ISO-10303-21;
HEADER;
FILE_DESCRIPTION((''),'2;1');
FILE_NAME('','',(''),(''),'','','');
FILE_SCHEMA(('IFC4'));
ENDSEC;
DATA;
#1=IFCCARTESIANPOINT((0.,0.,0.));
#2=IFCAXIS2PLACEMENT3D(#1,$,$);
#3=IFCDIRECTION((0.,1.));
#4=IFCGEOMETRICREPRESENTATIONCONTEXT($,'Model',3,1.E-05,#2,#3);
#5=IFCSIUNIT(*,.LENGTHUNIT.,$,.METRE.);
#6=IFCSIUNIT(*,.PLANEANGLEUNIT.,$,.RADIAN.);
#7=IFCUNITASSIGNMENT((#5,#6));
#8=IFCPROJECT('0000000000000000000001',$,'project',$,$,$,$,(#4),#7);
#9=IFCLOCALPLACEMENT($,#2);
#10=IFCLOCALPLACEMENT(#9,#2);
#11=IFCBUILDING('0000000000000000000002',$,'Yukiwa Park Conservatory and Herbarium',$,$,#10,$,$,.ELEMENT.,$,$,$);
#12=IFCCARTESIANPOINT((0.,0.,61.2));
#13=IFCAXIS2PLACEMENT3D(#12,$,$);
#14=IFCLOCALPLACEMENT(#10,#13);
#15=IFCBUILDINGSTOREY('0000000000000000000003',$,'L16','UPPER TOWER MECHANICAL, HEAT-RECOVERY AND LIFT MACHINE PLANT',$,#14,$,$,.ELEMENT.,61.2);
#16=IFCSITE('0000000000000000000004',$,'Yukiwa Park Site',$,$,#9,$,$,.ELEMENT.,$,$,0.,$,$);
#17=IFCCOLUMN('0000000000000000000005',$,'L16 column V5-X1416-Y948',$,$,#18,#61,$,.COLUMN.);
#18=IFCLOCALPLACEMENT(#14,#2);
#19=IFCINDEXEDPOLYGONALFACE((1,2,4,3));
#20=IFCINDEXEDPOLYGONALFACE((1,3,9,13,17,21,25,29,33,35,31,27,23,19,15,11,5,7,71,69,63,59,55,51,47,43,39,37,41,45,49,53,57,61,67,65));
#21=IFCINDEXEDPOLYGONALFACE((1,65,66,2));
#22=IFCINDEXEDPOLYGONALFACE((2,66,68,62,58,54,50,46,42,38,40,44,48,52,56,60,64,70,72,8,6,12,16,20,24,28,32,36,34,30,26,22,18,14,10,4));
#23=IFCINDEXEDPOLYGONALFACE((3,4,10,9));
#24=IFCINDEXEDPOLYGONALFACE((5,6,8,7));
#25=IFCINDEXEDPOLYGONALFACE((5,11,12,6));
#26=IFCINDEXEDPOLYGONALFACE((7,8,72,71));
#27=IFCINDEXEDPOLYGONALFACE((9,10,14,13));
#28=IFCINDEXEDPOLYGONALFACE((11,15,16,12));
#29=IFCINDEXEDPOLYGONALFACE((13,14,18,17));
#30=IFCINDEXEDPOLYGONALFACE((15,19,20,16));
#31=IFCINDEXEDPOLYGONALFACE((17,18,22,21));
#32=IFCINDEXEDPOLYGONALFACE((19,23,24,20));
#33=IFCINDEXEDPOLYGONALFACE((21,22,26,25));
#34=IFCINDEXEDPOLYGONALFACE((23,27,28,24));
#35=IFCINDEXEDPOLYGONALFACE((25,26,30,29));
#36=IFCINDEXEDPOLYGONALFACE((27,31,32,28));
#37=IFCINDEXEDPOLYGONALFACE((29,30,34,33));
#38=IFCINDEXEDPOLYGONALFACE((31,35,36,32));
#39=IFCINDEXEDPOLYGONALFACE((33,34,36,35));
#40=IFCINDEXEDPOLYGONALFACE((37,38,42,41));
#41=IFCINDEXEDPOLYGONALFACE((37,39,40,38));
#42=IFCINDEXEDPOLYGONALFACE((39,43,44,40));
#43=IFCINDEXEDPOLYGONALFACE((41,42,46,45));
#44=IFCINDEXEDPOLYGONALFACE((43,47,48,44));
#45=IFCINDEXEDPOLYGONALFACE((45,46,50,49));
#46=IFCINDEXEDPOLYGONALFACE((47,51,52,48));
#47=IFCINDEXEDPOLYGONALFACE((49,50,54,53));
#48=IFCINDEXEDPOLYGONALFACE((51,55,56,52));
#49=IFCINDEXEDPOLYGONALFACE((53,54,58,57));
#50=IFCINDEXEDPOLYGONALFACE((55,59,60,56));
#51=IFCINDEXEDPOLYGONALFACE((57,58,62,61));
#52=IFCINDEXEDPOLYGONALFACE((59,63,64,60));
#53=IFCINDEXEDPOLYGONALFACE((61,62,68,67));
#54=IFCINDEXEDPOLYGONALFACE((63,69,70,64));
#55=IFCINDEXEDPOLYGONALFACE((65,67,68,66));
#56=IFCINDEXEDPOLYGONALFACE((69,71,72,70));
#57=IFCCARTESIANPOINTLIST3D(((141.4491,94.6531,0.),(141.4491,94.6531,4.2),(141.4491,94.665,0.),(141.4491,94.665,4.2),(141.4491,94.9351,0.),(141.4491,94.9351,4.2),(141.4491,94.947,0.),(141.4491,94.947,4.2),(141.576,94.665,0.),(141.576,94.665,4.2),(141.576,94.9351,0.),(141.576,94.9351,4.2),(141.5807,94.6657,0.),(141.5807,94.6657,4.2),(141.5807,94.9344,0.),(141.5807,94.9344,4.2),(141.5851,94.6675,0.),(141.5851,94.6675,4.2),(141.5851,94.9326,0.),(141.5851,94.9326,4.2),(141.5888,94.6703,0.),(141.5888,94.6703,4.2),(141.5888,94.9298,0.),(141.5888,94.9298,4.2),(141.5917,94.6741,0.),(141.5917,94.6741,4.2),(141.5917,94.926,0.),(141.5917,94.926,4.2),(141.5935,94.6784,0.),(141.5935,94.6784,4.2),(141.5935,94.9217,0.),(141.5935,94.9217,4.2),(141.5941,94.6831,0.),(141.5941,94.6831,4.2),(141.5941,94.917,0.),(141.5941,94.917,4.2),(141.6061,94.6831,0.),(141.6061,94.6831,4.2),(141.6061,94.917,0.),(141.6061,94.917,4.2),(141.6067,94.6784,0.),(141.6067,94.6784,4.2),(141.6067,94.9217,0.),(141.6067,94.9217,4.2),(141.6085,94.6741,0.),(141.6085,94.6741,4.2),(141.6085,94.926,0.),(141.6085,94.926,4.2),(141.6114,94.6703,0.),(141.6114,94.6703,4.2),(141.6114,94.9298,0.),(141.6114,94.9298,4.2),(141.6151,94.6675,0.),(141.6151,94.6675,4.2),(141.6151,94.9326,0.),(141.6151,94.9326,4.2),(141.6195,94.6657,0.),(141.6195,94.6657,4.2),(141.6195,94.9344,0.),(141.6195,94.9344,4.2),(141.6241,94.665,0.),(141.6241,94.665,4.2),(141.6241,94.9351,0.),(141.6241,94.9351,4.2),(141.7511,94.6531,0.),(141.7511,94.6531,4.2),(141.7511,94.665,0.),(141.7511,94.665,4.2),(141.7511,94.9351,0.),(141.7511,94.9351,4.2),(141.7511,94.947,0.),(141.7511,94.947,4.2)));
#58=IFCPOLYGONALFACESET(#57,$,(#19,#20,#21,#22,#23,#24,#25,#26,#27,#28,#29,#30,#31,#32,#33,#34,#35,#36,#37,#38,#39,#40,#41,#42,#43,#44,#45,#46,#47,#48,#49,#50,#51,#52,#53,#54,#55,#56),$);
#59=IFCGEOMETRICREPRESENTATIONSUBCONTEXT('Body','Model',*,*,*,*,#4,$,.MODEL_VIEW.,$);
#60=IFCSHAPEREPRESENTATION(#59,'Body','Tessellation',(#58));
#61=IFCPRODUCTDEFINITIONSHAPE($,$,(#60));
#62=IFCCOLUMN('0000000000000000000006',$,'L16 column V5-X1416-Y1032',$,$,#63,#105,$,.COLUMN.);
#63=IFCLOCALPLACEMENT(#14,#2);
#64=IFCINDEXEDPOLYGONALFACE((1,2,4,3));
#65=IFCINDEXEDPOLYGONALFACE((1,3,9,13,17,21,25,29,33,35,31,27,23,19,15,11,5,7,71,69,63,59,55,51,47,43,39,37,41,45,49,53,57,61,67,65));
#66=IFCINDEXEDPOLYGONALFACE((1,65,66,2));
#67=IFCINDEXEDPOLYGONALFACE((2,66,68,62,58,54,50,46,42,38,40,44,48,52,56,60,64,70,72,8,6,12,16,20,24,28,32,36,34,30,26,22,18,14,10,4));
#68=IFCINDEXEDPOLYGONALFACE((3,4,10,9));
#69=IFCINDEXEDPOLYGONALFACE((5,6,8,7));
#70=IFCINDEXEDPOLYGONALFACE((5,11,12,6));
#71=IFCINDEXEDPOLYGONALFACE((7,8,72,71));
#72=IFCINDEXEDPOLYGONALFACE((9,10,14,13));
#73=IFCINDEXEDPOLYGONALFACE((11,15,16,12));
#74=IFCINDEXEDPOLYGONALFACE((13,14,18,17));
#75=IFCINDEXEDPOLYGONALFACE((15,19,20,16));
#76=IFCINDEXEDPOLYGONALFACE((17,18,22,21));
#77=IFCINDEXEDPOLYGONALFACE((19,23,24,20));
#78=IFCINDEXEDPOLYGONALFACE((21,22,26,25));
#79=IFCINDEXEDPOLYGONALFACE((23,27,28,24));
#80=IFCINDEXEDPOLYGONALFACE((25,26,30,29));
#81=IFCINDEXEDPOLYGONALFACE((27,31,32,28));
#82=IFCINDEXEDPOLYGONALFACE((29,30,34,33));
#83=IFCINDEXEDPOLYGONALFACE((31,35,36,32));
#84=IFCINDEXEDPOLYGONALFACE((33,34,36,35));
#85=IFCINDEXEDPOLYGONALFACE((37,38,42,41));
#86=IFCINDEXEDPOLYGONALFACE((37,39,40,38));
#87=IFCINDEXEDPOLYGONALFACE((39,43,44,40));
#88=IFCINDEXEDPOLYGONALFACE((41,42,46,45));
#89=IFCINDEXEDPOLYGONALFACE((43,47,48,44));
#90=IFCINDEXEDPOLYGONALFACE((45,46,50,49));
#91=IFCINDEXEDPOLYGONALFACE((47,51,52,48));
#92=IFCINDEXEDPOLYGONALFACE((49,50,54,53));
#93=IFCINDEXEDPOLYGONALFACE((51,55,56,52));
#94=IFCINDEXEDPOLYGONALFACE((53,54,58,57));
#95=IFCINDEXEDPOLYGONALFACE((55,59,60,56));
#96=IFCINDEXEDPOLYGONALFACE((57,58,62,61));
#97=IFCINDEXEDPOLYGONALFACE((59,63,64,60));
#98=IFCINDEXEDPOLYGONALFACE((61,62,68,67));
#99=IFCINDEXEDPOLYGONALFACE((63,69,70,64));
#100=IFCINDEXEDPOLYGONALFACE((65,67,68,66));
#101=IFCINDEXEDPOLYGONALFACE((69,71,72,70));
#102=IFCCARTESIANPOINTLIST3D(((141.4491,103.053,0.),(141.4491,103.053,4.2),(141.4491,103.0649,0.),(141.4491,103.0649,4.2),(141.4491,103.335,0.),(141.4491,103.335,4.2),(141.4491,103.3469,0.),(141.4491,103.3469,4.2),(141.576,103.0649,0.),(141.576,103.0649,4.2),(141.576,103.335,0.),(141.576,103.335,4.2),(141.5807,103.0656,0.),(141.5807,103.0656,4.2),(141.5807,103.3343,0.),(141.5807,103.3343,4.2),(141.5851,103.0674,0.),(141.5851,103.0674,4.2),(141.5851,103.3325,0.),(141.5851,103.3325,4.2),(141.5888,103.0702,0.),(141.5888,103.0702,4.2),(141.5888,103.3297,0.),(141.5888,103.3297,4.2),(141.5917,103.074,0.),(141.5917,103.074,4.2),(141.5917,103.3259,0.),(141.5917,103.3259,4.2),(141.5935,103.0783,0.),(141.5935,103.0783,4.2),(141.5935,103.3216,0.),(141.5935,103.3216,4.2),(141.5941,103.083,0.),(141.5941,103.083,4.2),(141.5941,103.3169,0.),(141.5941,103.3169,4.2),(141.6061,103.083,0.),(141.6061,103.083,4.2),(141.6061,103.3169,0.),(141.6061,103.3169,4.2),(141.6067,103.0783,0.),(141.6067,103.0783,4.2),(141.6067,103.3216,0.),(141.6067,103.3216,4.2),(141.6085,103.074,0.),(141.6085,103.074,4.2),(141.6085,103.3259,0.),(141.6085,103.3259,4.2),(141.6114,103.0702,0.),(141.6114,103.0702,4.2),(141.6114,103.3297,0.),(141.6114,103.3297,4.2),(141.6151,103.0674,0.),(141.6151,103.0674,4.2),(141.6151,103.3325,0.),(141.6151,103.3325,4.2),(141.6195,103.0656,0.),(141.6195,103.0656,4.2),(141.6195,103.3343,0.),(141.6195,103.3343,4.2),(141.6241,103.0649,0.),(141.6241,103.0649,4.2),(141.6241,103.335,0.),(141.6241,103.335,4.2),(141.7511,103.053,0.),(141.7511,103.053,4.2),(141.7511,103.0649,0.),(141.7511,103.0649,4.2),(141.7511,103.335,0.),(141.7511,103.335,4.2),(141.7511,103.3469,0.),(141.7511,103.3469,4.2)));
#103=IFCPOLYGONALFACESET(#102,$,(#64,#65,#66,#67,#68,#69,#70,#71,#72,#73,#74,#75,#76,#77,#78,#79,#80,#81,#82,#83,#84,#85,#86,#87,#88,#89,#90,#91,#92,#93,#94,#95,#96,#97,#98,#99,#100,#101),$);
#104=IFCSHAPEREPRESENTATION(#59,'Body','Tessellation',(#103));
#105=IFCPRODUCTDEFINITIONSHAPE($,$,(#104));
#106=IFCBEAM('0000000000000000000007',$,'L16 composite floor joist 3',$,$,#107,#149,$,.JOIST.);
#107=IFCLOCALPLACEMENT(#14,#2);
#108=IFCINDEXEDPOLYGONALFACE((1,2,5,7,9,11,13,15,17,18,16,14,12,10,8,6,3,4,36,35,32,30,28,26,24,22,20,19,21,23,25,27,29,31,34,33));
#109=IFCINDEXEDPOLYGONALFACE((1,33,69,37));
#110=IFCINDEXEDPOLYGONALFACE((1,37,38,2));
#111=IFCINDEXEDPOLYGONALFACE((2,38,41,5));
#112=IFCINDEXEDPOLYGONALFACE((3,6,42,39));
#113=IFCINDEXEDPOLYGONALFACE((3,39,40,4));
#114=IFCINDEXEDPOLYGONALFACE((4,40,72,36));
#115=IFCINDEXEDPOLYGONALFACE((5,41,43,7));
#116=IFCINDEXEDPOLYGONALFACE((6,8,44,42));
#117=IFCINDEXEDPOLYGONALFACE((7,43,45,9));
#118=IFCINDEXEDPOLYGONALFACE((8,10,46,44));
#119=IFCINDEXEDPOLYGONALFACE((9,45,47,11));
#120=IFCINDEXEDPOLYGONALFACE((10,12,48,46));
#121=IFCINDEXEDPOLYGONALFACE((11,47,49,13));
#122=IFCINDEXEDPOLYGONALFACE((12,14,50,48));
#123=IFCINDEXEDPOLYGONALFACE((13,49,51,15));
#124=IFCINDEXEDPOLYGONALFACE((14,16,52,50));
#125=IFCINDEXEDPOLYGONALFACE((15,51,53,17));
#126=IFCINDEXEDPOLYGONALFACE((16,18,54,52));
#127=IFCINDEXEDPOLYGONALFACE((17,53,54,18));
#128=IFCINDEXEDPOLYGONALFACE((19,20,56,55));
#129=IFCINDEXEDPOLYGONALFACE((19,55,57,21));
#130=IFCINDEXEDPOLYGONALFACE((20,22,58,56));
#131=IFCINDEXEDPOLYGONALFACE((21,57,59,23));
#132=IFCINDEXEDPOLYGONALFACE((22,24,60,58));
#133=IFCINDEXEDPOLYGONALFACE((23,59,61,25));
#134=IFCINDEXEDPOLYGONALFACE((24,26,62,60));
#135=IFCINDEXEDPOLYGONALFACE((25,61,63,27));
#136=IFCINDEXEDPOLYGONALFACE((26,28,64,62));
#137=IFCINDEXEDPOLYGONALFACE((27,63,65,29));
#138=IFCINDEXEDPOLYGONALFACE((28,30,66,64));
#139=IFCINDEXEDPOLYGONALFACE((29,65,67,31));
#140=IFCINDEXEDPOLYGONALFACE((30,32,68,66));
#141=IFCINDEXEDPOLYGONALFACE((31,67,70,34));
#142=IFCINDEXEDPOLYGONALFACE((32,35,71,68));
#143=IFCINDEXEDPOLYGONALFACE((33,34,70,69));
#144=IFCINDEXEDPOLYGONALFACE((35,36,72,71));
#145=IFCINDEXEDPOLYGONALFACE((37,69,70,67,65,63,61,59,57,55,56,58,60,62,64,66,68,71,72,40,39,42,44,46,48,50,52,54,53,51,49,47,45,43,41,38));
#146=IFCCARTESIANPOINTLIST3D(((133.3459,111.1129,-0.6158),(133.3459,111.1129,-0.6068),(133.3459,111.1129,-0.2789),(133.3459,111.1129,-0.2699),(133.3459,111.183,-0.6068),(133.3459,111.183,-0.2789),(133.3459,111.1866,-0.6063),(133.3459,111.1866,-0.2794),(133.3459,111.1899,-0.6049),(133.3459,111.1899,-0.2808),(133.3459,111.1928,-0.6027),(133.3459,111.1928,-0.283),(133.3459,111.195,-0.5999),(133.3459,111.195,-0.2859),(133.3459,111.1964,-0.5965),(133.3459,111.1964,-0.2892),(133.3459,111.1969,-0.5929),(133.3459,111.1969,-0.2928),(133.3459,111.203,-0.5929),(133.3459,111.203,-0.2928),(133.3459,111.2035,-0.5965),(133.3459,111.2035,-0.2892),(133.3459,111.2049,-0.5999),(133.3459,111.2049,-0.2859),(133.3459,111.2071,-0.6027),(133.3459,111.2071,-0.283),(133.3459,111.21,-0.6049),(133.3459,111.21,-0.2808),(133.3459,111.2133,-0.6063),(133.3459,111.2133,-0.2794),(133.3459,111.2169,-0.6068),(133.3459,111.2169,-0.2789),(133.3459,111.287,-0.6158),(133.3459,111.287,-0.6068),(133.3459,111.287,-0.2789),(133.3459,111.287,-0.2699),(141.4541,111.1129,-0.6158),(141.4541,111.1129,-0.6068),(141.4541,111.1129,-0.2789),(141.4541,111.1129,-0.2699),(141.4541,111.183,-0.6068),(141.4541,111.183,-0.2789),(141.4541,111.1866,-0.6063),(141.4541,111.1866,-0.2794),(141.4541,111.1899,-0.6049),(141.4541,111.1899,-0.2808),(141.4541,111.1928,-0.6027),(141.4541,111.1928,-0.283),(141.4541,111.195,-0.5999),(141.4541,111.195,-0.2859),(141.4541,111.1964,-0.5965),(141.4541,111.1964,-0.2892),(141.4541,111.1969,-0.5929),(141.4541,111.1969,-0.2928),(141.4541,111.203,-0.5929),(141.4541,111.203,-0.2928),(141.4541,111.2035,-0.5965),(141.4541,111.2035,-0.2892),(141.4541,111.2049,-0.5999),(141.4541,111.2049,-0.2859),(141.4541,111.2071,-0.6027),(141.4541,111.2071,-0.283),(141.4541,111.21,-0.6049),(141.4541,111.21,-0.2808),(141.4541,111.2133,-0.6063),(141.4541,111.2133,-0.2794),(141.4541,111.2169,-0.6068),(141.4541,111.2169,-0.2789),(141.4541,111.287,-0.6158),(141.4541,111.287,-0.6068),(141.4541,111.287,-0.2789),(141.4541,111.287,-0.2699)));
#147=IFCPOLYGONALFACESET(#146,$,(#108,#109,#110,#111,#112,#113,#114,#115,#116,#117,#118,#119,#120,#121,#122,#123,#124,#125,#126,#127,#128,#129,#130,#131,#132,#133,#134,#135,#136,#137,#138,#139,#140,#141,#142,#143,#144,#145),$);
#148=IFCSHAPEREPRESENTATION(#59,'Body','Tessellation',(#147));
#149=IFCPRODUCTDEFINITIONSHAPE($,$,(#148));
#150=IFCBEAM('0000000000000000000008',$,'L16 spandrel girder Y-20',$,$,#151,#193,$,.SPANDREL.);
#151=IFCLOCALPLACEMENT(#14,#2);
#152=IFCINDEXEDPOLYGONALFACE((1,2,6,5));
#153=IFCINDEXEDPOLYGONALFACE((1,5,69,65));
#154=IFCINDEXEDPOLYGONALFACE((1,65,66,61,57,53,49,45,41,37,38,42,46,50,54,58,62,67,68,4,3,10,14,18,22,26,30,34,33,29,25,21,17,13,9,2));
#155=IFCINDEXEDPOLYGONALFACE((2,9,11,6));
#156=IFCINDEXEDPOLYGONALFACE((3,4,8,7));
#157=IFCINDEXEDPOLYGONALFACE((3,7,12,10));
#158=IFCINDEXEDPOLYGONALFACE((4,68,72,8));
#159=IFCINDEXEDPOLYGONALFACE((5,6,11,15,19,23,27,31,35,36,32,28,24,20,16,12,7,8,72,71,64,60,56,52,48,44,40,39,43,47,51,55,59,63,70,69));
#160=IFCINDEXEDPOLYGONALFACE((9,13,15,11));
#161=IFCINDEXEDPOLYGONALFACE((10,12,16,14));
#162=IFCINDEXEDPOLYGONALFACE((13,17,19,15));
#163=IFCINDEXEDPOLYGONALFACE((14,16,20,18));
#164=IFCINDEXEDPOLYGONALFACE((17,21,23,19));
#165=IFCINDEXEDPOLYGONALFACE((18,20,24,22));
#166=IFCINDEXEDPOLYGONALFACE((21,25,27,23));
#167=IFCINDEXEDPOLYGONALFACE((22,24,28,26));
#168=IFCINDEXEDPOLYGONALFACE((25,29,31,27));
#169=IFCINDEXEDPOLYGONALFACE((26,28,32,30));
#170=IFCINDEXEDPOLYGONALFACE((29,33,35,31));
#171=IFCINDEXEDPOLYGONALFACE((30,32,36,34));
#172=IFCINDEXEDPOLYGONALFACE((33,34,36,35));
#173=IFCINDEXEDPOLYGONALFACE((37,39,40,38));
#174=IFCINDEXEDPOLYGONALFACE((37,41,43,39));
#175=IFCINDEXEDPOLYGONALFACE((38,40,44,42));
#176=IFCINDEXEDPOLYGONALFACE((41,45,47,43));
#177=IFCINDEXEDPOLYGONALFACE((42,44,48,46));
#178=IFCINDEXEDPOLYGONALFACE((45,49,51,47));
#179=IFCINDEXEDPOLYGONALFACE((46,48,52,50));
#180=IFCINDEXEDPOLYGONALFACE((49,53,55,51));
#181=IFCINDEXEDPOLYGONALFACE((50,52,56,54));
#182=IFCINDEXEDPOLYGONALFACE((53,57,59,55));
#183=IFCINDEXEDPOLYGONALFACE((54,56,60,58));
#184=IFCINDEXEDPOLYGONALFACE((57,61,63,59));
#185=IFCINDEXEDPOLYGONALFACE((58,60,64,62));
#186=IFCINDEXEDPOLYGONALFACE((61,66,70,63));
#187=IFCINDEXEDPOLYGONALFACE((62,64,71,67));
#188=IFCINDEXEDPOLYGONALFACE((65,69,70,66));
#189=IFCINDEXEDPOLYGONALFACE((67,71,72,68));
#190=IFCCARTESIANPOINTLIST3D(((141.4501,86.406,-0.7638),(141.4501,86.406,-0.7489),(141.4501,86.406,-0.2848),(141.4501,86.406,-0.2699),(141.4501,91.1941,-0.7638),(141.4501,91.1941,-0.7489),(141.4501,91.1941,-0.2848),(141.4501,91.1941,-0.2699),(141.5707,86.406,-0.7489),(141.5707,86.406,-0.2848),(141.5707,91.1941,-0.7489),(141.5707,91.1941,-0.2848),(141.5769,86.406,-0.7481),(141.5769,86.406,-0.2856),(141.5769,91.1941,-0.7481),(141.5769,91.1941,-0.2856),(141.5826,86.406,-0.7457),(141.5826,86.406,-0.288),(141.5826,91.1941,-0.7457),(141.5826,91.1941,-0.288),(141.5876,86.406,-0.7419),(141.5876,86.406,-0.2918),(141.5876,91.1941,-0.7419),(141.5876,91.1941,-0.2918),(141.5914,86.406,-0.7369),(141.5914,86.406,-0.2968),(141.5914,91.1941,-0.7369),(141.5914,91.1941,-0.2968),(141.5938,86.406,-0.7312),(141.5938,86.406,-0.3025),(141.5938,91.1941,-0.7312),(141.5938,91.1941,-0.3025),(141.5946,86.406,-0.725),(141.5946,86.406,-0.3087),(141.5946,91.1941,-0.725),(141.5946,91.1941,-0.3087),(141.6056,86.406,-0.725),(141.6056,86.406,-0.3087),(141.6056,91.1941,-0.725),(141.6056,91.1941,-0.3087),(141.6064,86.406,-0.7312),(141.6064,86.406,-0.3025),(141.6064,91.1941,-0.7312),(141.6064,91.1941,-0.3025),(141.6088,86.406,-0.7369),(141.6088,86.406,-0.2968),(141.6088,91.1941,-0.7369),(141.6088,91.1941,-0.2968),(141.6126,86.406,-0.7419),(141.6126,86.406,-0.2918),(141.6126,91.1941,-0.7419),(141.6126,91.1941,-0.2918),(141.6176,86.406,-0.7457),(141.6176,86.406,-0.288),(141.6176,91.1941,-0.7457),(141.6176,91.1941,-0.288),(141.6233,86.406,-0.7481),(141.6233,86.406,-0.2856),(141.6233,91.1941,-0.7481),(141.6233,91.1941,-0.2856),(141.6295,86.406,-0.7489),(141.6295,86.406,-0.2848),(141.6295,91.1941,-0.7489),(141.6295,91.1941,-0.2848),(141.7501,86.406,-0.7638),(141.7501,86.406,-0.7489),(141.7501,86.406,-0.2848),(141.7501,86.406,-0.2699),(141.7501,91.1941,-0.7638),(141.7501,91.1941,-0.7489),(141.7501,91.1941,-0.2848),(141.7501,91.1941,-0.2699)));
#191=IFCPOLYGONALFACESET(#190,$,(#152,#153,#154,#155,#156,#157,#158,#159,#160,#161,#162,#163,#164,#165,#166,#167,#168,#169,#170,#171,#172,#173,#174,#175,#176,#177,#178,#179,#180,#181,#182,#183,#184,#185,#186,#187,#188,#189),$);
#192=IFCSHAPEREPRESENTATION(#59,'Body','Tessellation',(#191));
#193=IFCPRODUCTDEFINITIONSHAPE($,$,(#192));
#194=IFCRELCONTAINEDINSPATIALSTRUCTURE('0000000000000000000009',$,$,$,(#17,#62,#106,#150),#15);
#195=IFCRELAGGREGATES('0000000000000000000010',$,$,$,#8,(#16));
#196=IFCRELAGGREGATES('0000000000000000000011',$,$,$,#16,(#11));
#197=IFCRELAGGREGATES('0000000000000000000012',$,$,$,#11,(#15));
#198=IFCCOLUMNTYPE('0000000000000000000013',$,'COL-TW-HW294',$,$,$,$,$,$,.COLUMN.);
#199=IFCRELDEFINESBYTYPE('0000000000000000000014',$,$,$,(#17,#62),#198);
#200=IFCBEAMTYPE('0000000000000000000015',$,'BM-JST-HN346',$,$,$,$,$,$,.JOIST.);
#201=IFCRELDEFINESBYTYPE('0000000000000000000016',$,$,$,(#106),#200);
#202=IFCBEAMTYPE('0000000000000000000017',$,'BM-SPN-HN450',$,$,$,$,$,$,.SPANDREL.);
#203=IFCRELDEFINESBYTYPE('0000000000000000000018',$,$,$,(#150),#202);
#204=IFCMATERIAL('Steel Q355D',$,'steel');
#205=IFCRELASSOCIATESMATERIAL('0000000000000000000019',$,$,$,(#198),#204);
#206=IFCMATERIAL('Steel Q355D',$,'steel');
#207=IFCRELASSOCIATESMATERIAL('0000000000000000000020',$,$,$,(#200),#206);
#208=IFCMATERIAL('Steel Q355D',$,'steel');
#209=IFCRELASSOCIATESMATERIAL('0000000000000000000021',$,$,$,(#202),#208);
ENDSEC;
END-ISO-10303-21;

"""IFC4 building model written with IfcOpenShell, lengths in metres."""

from ifc_helpers import new_model, si_unit, direction, frame, origin, origin_2d, place, context, subcontext, project, spatial, i_section, extrude, material, material_profile, profile_set, type_object, element, save


model = new_model("IFC4")

# Units and contexts
model_context = context("Model", 3, precision=1e-05, world=origin(), true_north=direction((0.0, 1.0)))
body_context = subcontext(model_context, "Body", "Model", "MODEL_VIEW")
ifc_project = project(units=[si_unit("LENGTHUNIT", "METRE"), si_unit("PLANEANGLEUNIT", "RADIAN")], contexts=[model_context])

# Site, building, storey
site_placement = place(None, origin())
site = spatial("IfcSite", under=ifc_project, at=site_placement, Name="Yukiwa Park Site", CompositionType="ELEMENT", RefElevation=0.0)
building_placement = place(site_placement, origin())
building = spatial("IfcBuilding", under=site, at=building_placement, Name="Yukiwa Park Conservatory and Herbarium", CompositionType="ELEMENT")
storey_placement = place(building_placement, frame((0.0, 0.0, 61.2)))
storey = spatial("IfcBuildingStorey", under=building, at=storey_placement, Name="L16", Description="UPPER TOWER MECHANICAL, HEAT-RECOVERY AND LIFT MACHINE PLANT", CompositionType="ELEMENT", Elevation=61.2)

# Columns
ifc_material_1 = material(Name="Steel Q355D", Category="steel")
ifc_material_profile_1 = material_profile(ifc_material_1, i_section(OverallWidth=0.302, OverallDepth=0.2939, WebThickness=0.012, FlangeThickness=0.012, FilletRadius=0.0181, at=origin_2d()), Name="HW 294x302x12x12")
ifc_profile_set_1 = profile_set([ifc_material_profile_1], Name="Steel Q355D")
column_type_1 = type_object("IfcColumnType", Name="COL-TW-HW294", PredefinedType="COLUMN", material=ifc_profile_set_1)
for number, where, z_axis, x_axis, name in (
    (1, (141.6001, 94.8, 0.0), (0.0, 0.0, 1.0), (1.0, 0.0, 0.0), "L16 column V5-X1416-Y948"),
    (2, (141.6001, 103.2, 0.0), (0.0, 0.0, 1.0), (1.0, 0.0, 0.0), "L16 column V5-X1416-Y1032"),
):
    element("IfcColumn", number, at=place(storey_placement, frame(where, z_axis=z_axis, x_axis=x_axis)), inside=storey, type_object=column_type_1, Name=name, PredefinedType="COLUMN", context=body_context, shape_type="SweptSolid", body=[
        extrude(i_section(OverallWidth=0.302, OverallDepth=0.2939, WebThickness=0.012, FlangeThickness=0.012, FilletRadius=0.0181, at=origin_2d()), origin(), (0.0, 0.0, 1.0), 4.2),
    ])

# Beams
ifc_material_2 = material(Name="Steel Q355D", Category="steel")
ifc_material_profile_2 = material_profile(ifc_material_2, i_section(OverallWidth=0.1741, OverallDepth=0.3459, WebThickness=0.0061, FlangeThickness=0.009, FilletRadius=0.0139, at=origin_2d()), Name="HN 346x174x6x9")
ifc_profile_set_2 = profile_set([ifc_material_profile_2], Name="Steel Q355D")
beam_type_1 = type_object("IfcBeamType", Name="BM-JST-HN346", PredefinedType="JOIST", material=ifc_profile_set_2)
beam_1_placement = place(storey_placement, frame((133.3459, 111.2, -0.4429), z_axis=(1.0, 0.0, 0.0), x_axis=(0.0, 1.0, 0.0)))
element("IfcBeam", 3, at=beam_1_placement, inside=storey, type_object=beam_type_1, Name="L16 composite floor joist 3", PredefinedType="JOIST", context=body_context, shape_type="SweptSolid", body=[
    extrude(i_section(OverallWidth=0.1741, OverallDepth=0.3459, WebThickness=0.0061, FlangeThickness=0.009, FilletRadius=0.0139, at=origin_2d()), origin(), (0.0, 0.0, 1.0), 8.1082),
])
ifc_material_3 = material(Name="Steel Q355D", Category="steel")
ifc_material_profile_3 = material_profile(ifc_material_3, i_section(OverallWidth=0.3, OverallDepth=0.4939, WebThickness=0.011, FlangeThickness=0.0149, FilletRadius=0.0239, at=origin_2d()), Name="HM 494x300x11x15")
ifc_profile_set_3 = profile_set([ifc_material_profile_3], Name="Steel Q355D")
beam_type_2 = type_object("IfcBeamType", Name="BM-SPN-HN450", PredefinedType="SPANDREL", material=ifc_profile_set_3)
beam_2_placement = place(storey_placement, frame((141.6001, 86.406, -0.5168), z_axis=(0.0, 1.0, 0.0), x_axis=(-1.0, 0.0, 0.0)))
element("IfcBeam", 4, at=beam_2_placement, inside=storey, type_object=beam_type_2, Name="L16 spandrel girder Y-20", PredefinedType="SPANDREL", context=body_context, shape_type="SweptSolid", body=[
    extrude(i_section(OverallWidth=0.3, OverallDepth=0.4939, WebThickness=0.011, FlangeThickness=0.0149, FilletRadius=0.0239, at=origin_2d()), origin(), (0.0, 0.0, 1.0), 4.7881),
])

save(model, "model.ifc")
